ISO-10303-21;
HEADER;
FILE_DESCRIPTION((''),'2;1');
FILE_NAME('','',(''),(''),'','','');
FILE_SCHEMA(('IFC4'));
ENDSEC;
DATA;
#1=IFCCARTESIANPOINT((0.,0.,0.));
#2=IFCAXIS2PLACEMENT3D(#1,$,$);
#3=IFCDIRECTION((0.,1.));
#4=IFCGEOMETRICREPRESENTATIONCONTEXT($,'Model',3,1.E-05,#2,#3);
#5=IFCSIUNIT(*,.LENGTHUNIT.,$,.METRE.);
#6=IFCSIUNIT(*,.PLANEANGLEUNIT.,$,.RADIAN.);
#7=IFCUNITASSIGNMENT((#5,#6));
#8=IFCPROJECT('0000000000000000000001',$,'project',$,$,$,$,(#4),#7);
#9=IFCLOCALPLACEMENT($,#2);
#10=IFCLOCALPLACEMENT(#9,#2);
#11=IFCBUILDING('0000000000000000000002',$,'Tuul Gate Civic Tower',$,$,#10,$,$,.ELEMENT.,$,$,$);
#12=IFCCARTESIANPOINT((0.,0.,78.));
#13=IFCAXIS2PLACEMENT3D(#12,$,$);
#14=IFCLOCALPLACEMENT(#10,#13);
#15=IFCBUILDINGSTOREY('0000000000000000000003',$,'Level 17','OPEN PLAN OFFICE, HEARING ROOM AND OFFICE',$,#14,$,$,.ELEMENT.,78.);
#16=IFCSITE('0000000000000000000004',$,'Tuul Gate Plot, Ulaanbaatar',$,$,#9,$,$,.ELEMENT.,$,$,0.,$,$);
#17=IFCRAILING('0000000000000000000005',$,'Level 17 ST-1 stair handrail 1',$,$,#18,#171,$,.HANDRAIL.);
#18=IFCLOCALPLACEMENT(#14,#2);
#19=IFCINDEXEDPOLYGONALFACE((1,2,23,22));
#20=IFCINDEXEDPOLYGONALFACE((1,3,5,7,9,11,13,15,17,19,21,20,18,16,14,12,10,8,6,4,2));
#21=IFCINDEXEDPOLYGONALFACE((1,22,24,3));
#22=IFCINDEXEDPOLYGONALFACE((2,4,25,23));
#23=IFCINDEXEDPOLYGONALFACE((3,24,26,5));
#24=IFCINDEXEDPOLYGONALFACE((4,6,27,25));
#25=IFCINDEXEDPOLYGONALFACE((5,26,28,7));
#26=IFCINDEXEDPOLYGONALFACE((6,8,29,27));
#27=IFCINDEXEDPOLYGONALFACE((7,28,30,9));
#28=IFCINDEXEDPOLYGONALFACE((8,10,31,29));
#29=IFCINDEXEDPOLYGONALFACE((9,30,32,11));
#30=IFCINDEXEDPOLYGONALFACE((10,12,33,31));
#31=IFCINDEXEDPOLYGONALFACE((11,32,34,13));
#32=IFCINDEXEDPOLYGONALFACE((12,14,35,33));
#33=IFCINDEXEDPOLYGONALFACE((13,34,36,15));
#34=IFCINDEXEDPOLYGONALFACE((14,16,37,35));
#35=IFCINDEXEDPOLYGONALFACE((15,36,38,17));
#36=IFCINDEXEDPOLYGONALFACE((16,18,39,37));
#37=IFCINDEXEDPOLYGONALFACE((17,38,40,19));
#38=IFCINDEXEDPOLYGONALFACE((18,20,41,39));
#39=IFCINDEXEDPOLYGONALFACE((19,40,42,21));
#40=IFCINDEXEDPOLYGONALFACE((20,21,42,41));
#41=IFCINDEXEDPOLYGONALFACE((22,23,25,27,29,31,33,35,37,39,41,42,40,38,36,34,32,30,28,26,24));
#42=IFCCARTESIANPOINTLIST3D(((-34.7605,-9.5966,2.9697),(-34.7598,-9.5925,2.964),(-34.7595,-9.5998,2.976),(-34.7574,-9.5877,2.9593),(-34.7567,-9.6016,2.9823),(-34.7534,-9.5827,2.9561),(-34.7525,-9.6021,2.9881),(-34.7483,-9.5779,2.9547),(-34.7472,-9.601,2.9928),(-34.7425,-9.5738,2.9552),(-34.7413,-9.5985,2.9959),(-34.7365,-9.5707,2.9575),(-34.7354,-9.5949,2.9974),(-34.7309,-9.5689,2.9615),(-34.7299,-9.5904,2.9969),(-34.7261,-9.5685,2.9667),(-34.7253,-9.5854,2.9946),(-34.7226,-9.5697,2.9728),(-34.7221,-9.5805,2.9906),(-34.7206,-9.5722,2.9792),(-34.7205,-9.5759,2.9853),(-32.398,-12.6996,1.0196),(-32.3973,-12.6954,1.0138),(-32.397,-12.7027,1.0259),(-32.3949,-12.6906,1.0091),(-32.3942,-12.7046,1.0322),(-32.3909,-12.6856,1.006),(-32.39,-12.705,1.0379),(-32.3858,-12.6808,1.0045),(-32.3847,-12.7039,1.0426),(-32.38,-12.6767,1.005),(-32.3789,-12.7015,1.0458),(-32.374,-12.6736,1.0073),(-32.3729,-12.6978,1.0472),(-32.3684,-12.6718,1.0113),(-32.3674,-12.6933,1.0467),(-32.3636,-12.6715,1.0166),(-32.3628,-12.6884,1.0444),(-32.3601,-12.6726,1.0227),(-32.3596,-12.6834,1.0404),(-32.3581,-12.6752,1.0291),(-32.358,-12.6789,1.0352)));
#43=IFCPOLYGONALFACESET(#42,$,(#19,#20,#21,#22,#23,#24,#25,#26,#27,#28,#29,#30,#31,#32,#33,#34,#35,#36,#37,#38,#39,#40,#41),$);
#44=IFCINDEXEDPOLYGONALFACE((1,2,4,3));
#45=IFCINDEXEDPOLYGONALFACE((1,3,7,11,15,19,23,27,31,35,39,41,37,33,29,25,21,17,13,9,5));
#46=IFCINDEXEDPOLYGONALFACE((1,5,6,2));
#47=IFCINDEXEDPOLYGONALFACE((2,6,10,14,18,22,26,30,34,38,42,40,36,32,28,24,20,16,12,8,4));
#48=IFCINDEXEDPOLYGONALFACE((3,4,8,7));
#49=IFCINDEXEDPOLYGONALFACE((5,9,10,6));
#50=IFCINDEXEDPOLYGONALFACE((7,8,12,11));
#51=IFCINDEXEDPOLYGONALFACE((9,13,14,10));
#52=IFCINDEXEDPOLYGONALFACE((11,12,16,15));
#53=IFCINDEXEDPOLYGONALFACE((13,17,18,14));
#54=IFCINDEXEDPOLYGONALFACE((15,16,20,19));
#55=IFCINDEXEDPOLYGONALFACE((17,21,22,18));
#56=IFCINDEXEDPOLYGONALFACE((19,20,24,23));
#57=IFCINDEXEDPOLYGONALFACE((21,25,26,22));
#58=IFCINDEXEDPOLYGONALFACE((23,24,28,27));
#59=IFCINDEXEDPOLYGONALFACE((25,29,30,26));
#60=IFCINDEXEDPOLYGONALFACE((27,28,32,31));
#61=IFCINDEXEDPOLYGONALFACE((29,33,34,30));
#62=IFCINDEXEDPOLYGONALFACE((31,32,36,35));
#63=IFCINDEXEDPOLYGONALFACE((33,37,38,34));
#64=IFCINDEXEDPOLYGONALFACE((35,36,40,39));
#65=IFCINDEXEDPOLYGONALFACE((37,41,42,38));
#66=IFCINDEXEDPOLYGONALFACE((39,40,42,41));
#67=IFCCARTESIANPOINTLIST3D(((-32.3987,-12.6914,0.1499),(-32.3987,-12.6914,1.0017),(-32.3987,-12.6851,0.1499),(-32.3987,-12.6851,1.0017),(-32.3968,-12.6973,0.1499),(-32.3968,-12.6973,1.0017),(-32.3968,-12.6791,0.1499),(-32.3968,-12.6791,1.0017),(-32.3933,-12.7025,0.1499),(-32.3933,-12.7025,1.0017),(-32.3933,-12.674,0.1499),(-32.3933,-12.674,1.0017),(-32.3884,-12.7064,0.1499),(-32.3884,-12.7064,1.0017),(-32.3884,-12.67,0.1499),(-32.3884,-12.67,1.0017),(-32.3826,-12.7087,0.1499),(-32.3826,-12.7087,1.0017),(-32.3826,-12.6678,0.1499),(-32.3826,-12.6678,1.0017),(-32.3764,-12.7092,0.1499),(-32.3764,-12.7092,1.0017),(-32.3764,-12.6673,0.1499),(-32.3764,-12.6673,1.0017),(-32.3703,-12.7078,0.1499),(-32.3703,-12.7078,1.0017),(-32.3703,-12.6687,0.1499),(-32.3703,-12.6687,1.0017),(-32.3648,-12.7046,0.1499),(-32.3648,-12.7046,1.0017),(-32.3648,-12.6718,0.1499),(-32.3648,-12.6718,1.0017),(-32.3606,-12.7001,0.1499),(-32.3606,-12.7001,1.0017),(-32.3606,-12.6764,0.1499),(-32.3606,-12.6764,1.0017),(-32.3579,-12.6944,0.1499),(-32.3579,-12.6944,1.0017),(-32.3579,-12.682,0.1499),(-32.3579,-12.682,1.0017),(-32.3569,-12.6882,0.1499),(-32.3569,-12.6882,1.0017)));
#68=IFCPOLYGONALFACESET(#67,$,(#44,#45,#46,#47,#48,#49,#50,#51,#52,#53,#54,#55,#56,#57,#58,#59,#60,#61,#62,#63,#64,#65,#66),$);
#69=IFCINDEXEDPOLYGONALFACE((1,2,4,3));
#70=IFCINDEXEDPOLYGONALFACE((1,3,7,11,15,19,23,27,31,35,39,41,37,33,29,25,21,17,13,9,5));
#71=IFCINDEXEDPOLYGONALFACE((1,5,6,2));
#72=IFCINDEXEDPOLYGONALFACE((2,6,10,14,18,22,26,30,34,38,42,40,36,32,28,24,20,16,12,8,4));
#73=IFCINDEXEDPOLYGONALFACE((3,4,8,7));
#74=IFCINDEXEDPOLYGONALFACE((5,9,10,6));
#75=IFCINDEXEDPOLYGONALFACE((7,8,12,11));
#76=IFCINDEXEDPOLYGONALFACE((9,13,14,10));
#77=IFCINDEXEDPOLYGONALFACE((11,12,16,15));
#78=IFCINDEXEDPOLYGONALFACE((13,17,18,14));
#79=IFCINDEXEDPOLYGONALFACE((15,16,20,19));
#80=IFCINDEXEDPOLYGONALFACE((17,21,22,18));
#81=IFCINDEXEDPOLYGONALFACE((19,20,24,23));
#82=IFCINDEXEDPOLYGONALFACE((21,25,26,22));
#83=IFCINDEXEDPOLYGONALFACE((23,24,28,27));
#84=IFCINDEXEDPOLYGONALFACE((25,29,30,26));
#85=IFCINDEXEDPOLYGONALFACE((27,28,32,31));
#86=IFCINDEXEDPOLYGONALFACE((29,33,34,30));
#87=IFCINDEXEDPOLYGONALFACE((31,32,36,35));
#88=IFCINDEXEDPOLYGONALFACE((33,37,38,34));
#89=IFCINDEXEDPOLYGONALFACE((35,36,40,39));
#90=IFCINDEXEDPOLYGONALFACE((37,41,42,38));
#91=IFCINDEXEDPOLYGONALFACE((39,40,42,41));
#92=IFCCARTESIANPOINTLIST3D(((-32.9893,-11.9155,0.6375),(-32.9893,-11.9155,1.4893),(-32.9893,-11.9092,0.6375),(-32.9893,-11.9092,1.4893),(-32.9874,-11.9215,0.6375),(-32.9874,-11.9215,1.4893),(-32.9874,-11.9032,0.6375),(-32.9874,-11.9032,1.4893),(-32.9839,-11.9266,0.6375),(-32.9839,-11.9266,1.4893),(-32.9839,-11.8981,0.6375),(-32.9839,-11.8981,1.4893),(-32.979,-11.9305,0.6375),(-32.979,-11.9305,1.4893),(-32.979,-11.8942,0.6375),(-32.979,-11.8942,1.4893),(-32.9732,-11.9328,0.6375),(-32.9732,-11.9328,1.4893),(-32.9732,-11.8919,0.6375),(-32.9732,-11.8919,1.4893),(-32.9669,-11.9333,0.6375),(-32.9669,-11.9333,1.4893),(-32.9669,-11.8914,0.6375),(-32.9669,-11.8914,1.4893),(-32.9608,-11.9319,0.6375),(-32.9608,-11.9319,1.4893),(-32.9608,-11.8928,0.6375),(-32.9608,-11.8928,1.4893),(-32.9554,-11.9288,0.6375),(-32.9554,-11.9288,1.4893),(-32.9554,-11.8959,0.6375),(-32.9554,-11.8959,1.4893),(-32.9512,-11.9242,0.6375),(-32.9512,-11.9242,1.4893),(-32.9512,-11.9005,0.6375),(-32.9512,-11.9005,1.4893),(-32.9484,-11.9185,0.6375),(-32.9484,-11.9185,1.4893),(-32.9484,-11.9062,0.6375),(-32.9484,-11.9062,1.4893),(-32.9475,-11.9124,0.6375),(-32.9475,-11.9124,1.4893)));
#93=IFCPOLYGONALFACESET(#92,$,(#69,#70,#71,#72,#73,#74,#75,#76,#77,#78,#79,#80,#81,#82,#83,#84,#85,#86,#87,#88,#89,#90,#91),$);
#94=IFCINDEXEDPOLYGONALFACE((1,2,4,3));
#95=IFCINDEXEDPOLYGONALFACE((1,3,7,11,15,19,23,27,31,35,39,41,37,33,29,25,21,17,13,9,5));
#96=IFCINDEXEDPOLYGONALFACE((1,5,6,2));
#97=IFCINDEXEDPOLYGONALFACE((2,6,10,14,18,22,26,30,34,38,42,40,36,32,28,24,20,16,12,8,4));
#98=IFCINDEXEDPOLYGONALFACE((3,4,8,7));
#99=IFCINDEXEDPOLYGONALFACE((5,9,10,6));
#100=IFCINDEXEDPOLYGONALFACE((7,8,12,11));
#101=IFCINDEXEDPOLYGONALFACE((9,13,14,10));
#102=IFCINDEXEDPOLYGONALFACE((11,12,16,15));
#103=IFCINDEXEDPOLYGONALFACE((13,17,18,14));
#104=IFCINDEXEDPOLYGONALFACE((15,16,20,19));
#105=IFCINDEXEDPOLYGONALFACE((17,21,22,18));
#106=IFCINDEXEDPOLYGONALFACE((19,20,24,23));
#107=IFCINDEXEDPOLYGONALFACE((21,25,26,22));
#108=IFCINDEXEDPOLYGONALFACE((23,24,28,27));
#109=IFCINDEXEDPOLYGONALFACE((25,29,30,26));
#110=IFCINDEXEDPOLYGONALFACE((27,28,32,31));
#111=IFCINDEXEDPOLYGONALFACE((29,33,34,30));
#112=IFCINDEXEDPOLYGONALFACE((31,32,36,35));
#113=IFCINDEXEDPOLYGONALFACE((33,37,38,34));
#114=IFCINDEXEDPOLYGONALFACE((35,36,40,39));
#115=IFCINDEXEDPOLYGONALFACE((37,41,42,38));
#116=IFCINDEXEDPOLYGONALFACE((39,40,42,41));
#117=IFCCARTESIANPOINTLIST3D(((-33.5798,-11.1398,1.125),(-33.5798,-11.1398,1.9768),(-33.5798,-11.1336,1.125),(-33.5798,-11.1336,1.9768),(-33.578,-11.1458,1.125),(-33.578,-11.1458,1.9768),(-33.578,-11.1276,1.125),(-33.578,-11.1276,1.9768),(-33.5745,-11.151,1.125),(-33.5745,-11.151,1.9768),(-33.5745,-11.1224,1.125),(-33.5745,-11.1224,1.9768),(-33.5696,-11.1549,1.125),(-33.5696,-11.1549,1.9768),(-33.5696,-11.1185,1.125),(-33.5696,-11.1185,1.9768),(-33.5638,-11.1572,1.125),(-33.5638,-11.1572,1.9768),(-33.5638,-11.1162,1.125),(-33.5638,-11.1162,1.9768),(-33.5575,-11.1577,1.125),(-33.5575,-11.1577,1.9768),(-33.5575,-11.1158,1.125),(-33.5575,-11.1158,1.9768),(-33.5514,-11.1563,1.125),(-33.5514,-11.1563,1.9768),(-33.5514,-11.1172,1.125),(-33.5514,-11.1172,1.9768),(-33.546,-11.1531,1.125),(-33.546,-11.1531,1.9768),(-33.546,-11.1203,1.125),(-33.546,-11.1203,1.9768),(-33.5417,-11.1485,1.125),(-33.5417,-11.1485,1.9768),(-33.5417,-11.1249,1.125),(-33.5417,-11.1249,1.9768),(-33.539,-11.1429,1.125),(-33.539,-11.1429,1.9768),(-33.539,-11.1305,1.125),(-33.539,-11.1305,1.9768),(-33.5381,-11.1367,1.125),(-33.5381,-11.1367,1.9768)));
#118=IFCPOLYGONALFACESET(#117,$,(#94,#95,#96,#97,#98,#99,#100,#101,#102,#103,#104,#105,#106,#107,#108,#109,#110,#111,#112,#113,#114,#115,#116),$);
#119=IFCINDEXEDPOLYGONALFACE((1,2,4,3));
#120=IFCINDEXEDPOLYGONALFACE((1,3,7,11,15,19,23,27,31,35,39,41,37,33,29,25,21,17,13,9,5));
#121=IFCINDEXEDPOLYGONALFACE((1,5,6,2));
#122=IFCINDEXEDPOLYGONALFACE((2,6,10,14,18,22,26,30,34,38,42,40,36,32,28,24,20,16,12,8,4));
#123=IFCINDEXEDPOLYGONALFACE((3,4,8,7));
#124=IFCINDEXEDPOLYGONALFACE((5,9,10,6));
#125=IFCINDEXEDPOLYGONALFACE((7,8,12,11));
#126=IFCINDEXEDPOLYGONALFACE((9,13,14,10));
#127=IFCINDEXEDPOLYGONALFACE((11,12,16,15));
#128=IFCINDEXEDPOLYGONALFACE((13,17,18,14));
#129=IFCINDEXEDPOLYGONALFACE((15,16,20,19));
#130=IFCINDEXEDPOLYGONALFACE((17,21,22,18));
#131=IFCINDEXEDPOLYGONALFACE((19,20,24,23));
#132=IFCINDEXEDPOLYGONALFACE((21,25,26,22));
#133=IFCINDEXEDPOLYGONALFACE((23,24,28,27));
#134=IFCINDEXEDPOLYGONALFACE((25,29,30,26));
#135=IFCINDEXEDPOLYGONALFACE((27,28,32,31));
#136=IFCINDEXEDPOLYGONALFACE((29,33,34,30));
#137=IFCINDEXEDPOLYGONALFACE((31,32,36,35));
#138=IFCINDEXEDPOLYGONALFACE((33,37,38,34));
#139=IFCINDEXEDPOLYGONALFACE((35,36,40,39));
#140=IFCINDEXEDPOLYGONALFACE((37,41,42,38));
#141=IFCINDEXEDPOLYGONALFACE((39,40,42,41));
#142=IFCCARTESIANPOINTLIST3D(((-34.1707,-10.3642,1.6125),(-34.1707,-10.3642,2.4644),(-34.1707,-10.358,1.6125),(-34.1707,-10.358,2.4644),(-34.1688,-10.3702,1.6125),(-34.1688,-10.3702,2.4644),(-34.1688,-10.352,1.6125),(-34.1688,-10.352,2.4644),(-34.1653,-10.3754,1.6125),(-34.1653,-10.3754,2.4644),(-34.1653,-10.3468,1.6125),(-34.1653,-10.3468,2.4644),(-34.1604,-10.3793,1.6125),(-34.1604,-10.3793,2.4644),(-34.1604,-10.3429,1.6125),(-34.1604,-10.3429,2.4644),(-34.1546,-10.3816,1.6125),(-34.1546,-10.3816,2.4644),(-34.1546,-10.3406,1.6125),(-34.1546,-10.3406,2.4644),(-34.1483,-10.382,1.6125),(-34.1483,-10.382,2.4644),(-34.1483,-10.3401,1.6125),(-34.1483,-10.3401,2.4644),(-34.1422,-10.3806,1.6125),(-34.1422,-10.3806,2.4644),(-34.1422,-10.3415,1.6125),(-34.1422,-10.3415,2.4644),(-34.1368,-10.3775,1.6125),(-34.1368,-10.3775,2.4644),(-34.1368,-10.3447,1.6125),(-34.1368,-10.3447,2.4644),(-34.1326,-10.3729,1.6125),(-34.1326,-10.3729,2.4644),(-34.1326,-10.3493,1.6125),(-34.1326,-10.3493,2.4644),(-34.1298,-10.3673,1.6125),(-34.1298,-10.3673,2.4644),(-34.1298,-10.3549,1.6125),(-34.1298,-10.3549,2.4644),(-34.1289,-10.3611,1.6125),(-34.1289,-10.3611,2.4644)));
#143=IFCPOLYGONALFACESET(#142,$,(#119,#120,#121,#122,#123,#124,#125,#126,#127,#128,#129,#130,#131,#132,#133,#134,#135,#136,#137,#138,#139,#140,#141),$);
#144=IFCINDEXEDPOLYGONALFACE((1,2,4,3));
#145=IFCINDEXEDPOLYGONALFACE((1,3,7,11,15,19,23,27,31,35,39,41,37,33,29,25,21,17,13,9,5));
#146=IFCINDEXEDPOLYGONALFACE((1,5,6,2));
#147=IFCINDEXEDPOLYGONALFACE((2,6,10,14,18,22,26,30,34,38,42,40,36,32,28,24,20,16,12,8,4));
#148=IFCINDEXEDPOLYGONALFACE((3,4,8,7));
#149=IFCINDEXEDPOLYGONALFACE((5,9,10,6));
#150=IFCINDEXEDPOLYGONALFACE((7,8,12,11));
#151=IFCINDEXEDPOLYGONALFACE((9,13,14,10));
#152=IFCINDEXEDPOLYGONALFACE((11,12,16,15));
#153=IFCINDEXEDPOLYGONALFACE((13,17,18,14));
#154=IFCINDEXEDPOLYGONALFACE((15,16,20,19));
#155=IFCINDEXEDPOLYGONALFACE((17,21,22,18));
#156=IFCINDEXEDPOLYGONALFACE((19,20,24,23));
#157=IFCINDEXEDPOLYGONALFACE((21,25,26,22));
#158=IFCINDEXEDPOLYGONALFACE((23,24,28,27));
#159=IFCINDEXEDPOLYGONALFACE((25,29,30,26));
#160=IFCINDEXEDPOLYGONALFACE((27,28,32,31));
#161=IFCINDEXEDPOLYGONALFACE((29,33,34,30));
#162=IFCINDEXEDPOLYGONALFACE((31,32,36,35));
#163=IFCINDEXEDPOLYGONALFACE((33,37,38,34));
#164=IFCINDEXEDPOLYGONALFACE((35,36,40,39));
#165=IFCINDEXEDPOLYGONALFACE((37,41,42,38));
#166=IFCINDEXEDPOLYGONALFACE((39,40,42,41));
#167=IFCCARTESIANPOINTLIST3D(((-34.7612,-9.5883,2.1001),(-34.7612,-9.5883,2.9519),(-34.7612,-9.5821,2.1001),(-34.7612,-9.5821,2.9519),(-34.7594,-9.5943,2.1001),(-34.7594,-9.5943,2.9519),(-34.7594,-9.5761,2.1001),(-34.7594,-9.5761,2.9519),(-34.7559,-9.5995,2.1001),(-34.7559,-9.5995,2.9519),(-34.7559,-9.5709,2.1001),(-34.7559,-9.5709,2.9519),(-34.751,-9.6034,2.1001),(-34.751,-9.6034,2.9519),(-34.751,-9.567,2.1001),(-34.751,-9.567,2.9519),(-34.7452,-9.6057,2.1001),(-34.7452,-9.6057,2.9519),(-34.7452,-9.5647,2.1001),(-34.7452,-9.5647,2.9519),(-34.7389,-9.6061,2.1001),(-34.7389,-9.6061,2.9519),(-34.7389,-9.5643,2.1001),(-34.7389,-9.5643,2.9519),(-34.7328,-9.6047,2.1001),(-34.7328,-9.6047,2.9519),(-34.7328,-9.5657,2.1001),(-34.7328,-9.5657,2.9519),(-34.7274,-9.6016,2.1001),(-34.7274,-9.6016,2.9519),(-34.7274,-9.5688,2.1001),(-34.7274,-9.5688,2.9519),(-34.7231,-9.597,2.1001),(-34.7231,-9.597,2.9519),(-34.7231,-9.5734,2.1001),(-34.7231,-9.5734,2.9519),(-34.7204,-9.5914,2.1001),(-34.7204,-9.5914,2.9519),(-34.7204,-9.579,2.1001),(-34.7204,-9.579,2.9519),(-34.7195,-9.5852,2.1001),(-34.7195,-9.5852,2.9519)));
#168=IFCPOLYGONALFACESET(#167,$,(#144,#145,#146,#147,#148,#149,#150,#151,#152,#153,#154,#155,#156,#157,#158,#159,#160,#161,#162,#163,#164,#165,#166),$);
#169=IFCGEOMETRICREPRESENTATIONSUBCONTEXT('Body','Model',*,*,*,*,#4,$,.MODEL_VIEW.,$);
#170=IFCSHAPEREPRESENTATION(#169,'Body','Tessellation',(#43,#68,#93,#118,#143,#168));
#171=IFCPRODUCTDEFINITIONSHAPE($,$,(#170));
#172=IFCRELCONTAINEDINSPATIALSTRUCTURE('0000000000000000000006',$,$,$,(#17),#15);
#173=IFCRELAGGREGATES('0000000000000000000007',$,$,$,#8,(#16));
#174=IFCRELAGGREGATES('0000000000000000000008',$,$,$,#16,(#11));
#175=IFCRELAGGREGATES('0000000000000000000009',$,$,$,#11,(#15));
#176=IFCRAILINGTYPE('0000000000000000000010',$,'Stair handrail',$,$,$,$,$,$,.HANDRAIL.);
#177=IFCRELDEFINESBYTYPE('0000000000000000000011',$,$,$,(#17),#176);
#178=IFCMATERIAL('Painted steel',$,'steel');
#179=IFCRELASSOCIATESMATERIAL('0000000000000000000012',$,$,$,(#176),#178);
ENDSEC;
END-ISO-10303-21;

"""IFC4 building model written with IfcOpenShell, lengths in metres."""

from ifc_helpers import new_model, si_unit, direction, frame, origin, origin_2d, place, context, subcontext, project, spatial, circle, extrude, material, type_object, element, save


model = new_model("IFC4")

# Units and contexts
model_context = context("Model", 3, precision=1e-05, world=origin(), true_north=direction((0.0, 1.0)))
body_context = subcontext(model_context, "Body", "Model", "MODEL_VIEW")
ifc_project = project(units=[si_unit("LENGTHUNIT", "METRE"), si_unit("PLANEANGLEUNIT", "RADIAN")], contexts=[model_context])

# Site, building, storey
site_placement = place(None, origin())
site = spatial("IfcSite", under=ifc_project, at=site_placement, Name="Tuul Gate Plot, Ulaanbaatar", CompositionType="ELEMENT", RefElevation=0.0)
building_placement = place(site_placement, origin())
building = spatial("IfcBuilding", under=site, at=building_placement, Name="Tuul Gate Civic Tower", CompositionType="ELEMENT")
storey_placement = place(building_placement, frame((0.0, 0.0, 78.0)))
storey = spatial("IfcBuildingStorey", under=building, at=storey_placement, Name="Level 17", Description="OPEN PLAN OFFICE, HEARING ROOM AND OFFICE", CompositionType="ELEMENT", Elevation=78.0)

# Railing
ifc_material_1 = material(Name="Painted steel", Category="steel")
railing_type_1 = type_object("IfcRailingType", Name="Stair handrail", PredefinedType="HANDRAIL", material=ifc_material_1)
railing_1_placement = place(storey_placement, frame((-32.3779, -12.6882, 0.1499)))
element("IfcRailing", 1, at=railing_1_placement, inside=storey, type_object=railing_type_1, Name="Level 17 ST-1 stair handrail 1", PredefinedType="HANDRAIL", context=body_context, shape_type="SweptSolid", body=[
    extrude(circle(Radius=0.0239, at=origin_2d()), frame((0.0, 0.0, 0.876), z_axis=(-0.541811, 0.711627, 0.447245), x_axis=(-0.795637, -0.605773, 0.0)), (0.0, 0.0, 1.0), 4.3604),
    extrude(circle(Radius=0.021, at=origin_2d()), origin(), (0.0, 0.0, 1.0), 0.8518),
    extrude(circle(Radius=0.021, at=origin_2d()), frame((-0.5906, 0.7759, 0.4875)), (0.0, 0.0, 1.0), 0.8518),
    extrude(circle(Radius=0.021, at=origin_2d()), frame((-1.1812, 1.5515, 0.9751)), (0.0, 0.0, 1.0), 0.8518),
    extrude(circle(Radius=0.021, at=origin_2d()), frame((-1.772, 2.3271, 1.4626)), (0.0, 0.0, 1.0), 0.8518),
    extrude(circle(Radius=0.021, at=origin_2d()), frame((-2.3625, 3.103, 1.9502)), (0.0, 0.0, 1.0), 0.8518),
])

save(model, "model.ifc")
